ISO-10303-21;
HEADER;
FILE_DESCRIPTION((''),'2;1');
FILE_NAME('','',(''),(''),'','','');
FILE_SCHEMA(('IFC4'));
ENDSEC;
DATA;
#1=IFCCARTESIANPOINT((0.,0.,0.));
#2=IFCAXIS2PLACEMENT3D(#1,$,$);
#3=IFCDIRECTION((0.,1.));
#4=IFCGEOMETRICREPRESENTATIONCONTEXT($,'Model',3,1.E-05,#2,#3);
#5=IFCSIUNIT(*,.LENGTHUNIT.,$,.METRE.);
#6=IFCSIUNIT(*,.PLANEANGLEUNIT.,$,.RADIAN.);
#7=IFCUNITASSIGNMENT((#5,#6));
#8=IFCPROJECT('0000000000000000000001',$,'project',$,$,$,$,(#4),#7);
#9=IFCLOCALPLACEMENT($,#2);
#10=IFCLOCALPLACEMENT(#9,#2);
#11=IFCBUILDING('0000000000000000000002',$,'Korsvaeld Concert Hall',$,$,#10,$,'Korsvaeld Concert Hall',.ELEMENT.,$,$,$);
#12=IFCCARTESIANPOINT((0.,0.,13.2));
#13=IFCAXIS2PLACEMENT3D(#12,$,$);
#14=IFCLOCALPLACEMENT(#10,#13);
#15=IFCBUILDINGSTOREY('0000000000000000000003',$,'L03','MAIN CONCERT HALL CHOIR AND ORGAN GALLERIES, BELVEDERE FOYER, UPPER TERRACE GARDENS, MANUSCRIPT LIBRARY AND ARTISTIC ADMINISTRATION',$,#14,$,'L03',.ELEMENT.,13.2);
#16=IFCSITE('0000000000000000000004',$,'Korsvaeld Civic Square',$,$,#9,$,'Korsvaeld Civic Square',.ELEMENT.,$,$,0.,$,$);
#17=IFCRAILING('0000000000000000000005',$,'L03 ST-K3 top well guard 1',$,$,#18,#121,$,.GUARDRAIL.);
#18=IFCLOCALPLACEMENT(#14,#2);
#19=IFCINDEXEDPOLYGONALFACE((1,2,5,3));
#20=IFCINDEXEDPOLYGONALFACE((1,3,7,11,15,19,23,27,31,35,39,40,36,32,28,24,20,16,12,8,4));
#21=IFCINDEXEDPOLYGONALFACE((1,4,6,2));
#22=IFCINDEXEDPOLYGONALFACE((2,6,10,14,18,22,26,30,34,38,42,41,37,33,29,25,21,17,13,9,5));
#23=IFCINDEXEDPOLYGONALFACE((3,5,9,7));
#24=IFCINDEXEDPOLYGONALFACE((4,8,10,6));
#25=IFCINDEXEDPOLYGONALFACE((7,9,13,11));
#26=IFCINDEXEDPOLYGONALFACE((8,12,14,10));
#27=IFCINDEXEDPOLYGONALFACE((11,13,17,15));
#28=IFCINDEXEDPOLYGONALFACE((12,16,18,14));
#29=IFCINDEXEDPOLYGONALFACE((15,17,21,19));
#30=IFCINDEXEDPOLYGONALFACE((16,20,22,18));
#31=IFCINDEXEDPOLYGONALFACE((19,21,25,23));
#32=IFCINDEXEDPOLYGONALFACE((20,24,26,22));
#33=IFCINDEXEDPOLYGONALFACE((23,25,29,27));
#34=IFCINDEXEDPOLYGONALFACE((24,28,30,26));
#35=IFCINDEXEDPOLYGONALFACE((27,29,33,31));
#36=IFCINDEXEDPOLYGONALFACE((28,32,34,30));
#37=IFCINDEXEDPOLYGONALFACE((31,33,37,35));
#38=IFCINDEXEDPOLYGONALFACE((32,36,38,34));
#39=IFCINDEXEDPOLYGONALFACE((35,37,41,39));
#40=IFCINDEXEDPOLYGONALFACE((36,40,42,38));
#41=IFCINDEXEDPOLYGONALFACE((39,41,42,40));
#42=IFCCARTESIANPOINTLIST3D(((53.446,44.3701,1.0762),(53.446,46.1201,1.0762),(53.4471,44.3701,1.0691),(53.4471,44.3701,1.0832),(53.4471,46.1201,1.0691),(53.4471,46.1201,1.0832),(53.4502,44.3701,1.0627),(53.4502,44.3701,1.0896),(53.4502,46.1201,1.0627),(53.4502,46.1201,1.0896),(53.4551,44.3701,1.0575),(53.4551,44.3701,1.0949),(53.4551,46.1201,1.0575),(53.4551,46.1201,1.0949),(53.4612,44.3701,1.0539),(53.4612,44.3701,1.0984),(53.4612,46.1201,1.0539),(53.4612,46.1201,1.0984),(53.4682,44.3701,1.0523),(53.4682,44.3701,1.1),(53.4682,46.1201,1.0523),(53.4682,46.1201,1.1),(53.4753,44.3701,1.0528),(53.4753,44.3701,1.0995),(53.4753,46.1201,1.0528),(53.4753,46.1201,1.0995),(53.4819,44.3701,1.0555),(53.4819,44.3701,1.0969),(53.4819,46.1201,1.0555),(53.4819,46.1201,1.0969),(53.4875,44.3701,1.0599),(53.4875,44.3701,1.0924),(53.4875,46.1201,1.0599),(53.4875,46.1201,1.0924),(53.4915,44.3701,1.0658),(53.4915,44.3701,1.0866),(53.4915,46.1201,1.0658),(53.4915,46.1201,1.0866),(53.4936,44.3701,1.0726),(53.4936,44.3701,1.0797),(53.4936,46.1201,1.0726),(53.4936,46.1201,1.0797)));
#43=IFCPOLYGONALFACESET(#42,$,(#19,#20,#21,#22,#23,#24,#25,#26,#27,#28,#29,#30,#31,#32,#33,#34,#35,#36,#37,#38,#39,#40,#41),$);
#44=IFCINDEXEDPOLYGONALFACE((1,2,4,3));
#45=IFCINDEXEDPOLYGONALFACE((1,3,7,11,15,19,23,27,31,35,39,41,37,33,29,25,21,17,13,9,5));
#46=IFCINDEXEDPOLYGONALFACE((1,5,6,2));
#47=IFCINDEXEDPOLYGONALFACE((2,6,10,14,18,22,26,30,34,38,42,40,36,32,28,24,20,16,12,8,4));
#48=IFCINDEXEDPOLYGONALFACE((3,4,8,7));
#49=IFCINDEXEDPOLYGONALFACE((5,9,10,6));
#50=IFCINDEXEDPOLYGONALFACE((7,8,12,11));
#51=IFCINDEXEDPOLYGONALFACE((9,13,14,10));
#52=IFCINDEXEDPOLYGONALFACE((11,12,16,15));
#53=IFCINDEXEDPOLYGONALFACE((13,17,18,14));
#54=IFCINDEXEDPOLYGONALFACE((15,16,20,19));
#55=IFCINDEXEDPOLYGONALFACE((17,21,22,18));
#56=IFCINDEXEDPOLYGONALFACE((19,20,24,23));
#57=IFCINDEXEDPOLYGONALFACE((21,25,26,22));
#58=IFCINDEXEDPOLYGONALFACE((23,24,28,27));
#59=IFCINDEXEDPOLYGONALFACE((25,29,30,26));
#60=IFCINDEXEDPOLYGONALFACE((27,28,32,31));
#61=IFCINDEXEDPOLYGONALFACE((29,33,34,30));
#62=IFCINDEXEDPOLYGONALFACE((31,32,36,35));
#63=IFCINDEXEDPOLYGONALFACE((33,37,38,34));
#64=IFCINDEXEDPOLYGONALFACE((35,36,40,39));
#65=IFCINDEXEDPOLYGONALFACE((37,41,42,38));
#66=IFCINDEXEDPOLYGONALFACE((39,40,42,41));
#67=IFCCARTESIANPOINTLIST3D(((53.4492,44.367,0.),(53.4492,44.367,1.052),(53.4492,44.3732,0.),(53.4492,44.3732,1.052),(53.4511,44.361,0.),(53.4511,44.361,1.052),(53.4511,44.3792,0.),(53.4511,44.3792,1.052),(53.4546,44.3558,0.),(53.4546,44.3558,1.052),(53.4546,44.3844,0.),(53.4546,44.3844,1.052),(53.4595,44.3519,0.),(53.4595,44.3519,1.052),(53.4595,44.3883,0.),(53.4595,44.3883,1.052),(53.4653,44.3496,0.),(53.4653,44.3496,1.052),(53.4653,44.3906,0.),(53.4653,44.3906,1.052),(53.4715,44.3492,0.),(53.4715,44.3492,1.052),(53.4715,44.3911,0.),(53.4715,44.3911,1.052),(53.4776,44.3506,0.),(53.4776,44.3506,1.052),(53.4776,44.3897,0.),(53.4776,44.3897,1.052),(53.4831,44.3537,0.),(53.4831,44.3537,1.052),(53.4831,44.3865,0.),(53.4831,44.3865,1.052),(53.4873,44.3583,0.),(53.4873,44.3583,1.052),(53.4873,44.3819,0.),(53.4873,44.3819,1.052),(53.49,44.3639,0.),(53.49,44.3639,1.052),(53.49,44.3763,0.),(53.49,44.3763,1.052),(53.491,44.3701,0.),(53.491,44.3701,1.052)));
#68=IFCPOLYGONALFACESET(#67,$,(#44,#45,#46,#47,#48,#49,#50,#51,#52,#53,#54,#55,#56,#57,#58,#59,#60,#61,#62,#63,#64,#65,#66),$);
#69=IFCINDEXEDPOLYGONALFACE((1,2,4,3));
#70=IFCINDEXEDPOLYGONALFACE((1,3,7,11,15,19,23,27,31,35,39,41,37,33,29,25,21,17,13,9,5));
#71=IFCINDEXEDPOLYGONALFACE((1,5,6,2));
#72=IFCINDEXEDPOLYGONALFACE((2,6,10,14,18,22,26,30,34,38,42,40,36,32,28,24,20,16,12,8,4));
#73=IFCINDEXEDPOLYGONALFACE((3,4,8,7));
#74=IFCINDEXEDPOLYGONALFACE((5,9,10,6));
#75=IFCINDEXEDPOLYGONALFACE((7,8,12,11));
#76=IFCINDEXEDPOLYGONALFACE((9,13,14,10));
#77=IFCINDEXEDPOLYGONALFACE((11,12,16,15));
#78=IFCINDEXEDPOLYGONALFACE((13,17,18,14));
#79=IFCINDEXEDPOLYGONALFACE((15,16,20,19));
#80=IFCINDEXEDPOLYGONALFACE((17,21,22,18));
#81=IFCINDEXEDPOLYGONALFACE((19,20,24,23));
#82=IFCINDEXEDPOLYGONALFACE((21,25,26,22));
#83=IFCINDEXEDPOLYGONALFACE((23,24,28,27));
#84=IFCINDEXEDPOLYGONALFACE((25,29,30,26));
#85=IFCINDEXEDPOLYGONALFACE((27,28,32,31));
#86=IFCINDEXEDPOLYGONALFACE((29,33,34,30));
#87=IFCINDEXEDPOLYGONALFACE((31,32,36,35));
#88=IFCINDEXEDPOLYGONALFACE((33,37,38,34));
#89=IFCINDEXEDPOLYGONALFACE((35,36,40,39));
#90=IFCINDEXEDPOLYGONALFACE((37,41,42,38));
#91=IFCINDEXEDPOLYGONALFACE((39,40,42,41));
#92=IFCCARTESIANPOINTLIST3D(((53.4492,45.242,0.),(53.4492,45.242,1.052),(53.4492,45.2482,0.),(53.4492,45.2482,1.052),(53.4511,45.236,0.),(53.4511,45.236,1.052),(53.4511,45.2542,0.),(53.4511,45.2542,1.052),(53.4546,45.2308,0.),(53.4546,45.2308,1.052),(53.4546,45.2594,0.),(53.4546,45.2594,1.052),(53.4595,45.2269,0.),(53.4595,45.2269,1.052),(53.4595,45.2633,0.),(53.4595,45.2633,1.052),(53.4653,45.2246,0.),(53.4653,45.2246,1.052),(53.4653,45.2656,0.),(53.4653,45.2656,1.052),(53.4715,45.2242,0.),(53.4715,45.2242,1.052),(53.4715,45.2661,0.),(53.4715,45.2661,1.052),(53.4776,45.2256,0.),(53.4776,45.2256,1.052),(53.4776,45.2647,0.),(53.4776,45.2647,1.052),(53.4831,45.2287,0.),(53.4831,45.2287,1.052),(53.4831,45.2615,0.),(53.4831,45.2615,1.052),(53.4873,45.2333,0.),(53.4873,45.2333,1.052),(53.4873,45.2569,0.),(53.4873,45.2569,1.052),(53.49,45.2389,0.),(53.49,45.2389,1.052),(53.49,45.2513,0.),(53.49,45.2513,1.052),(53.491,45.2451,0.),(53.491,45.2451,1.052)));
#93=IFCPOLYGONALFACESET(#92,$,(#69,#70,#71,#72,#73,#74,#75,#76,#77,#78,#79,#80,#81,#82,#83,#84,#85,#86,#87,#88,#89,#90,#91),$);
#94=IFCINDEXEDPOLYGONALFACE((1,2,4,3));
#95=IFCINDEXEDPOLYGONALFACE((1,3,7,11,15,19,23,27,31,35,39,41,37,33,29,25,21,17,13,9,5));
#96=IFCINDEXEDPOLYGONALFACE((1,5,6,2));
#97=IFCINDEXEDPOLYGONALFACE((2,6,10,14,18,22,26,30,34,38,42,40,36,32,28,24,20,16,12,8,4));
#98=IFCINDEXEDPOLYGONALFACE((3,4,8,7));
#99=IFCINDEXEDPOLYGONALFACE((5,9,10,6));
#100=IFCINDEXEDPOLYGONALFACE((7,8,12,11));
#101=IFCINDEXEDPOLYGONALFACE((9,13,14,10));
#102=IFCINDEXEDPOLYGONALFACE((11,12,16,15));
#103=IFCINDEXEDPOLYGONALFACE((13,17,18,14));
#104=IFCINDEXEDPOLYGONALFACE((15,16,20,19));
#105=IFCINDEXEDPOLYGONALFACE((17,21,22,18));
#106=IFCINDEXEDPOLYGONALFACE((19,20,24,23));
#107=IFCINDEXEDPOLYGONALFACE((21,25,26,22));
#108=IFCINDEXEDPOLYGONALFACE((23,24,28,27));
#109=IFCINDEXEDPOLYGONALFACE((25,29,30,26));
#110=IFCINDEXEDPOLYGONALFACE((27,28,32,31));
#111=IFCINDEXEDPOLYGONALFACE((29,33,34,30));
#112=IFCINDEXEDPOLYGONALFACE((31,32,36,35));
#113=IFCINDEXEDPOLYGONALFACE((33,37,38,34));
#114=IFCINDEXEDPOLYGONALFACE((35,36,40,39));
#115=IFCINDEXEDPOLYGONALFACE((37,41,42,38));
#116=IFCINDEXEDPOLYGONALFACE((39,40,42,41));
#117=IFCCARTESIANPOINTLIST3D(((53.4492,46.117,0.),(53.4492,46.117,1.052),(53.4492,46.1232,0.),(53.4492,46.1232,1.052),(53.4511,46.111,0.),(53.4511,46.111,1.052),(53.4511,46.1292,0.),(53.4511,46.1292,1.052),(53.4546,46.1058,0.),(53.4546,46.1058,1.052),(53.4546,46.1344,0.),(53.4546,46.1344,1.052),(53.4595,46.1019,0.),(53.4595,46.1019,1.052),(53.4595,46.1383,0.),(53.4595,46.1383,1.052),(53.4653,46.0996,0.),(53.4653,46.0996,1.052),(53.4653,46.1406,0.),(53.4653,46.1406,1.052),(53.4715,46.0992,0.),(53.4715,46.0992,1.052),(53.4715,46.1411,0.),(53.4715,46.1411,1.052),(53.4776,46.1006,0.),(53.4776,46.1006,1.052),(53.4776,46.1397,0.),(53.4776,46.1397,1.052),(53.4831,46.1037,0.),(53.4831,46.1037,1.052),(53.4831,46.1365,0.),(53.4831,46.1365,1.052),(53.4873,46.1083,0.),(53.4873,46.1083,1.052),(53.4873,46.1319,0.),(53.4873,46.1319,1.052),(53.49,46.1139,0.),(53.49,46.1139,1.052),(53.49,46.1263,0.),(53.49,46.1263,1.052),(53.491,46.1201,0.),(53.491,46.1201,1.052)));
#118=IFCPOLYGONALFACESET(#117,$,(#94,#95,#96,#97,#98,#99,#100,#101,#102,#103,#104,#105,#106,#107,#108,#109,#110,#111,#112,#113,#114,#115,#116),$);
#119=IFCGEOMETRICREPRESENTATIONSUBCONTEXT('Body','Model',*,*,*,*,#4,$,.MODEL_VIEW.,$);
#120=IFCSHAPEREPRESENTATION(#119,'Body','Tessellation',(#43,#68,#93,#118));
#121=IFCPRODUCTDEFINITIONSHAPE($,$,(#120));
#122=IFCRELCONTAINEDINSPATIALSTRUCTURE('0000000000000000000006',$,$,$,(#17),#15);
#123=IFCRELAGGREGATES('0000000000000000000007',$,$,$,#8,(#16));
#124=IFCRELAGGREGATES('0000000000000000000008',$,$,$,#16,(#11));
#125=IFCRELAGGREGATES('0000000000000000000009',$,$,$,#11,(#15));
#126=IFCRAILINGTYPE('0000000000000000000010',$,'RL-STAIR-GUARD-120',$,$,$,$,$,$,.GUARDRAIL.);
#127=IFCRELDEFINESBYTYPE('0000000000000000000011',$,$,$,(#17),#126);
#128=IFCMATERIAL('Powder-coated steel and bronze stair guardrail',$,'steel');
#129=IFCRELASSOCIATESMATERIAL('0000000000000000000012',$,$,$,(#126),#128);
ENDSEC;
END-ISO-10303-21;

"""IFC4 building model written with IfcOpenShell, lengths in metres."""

from ifc_helpers import new_model, si_unit, direction, frame, origin, origin_2d, place, context, subcontext, project, spatial, circle, extrude, material, type_object, element, save


model = new_model("IFC4")

# Units and contexts
model_context = context("Model", 3, precision=1e-05, world=origin(), true_north=direction((0.0, 1.0)))
body_context = subcontext(model_context, "Body", "Model", "MODEL_VIEW")
ifc_project = project(units=[si_unit("LENGTHUNIT", "METRE"), si_unit("PLANEANGLEUNIT", "RADIAN")], contexts=[model_context])

# Site, building, storey
site_placement = place(None, origin())
site = spatial("IfcSite", under=ifc_project, at=site_placement, Name="Korsvaeld Civic Square", LongName="Korsvaeld Civic Square", CompositionType="ELEMENT", RefElevation=0.0)
building_placement = place(site_placement, origin())
building = spatial("IfcBuilding", under=site, at=building_placement, Name="Korsvaeld Concert Hall", LongName="Korsvaeld Concert Hall", CompositionType="ELEMENT")
storey_placement = place(building_placement, frame((0.0, 0.0, 13.2)))
storey = spatial("IfcBuildingStorey", under=building, at=storey_placement, Name="L03", Description="MAIN CONCERT HALL CHOIR AND ORGAN GALLERIES, BELVEDERE FOYER, UPPER TERRACE GARDENS, MANUSCRIPT LIBRARY AND ARTISTIC ADMINISTRATION", LongName="L03", CompositionType="ELEMENT", Elevation=13.2)

# Railing
ifc_material_1 = material(Name="Powder-coated steel and bronze stair guardrail", Category="steel")
railing_type_1 = type_object("IfcRailingType", Name="RL-STAIR-GUARD-120", PredefinedType="GUARDRAIL", material=ifc_material_1)
railing_1_placement = place(storey_placement, frame((53.47, 44.3701, 0.0)))
element("IfcRailing", 1, at=railing_1_placement, inside=storey, type_object=railing_type_1, Name="L03 ST-K3 top well guard 1", PredefinedType="GUARDRAIL", context=body_context, shape_type="SweptSolid", body=[
    extrude(circle(Radius=0.0239, at=origin_2d()), frame((0.0, 0.0, 1.0762), z_axis=(0.0, 1.0, 0.0), x_axis=(-1.0, 0.0, 0.0)), (0.0, 0.0, 1.0), 1.75),
    extrude(circle(Radius=0.021, at=origin_2d()), origin(), (0.0, 0.0, 1.0), 1.052),
    extrude(circle(Radius=0.021, at=origin_2d()), frame((0.0, 0.875, 0.0)), (0.0, 0.0, 1.0), 1.052),
    extrude(circle(Radius=0.021, at=origin_2d()), frame((0.0, 1.75, 0.0)), (0.0, 0.0, 1.0), 1.052),
])

save(model, "model.ifc")
